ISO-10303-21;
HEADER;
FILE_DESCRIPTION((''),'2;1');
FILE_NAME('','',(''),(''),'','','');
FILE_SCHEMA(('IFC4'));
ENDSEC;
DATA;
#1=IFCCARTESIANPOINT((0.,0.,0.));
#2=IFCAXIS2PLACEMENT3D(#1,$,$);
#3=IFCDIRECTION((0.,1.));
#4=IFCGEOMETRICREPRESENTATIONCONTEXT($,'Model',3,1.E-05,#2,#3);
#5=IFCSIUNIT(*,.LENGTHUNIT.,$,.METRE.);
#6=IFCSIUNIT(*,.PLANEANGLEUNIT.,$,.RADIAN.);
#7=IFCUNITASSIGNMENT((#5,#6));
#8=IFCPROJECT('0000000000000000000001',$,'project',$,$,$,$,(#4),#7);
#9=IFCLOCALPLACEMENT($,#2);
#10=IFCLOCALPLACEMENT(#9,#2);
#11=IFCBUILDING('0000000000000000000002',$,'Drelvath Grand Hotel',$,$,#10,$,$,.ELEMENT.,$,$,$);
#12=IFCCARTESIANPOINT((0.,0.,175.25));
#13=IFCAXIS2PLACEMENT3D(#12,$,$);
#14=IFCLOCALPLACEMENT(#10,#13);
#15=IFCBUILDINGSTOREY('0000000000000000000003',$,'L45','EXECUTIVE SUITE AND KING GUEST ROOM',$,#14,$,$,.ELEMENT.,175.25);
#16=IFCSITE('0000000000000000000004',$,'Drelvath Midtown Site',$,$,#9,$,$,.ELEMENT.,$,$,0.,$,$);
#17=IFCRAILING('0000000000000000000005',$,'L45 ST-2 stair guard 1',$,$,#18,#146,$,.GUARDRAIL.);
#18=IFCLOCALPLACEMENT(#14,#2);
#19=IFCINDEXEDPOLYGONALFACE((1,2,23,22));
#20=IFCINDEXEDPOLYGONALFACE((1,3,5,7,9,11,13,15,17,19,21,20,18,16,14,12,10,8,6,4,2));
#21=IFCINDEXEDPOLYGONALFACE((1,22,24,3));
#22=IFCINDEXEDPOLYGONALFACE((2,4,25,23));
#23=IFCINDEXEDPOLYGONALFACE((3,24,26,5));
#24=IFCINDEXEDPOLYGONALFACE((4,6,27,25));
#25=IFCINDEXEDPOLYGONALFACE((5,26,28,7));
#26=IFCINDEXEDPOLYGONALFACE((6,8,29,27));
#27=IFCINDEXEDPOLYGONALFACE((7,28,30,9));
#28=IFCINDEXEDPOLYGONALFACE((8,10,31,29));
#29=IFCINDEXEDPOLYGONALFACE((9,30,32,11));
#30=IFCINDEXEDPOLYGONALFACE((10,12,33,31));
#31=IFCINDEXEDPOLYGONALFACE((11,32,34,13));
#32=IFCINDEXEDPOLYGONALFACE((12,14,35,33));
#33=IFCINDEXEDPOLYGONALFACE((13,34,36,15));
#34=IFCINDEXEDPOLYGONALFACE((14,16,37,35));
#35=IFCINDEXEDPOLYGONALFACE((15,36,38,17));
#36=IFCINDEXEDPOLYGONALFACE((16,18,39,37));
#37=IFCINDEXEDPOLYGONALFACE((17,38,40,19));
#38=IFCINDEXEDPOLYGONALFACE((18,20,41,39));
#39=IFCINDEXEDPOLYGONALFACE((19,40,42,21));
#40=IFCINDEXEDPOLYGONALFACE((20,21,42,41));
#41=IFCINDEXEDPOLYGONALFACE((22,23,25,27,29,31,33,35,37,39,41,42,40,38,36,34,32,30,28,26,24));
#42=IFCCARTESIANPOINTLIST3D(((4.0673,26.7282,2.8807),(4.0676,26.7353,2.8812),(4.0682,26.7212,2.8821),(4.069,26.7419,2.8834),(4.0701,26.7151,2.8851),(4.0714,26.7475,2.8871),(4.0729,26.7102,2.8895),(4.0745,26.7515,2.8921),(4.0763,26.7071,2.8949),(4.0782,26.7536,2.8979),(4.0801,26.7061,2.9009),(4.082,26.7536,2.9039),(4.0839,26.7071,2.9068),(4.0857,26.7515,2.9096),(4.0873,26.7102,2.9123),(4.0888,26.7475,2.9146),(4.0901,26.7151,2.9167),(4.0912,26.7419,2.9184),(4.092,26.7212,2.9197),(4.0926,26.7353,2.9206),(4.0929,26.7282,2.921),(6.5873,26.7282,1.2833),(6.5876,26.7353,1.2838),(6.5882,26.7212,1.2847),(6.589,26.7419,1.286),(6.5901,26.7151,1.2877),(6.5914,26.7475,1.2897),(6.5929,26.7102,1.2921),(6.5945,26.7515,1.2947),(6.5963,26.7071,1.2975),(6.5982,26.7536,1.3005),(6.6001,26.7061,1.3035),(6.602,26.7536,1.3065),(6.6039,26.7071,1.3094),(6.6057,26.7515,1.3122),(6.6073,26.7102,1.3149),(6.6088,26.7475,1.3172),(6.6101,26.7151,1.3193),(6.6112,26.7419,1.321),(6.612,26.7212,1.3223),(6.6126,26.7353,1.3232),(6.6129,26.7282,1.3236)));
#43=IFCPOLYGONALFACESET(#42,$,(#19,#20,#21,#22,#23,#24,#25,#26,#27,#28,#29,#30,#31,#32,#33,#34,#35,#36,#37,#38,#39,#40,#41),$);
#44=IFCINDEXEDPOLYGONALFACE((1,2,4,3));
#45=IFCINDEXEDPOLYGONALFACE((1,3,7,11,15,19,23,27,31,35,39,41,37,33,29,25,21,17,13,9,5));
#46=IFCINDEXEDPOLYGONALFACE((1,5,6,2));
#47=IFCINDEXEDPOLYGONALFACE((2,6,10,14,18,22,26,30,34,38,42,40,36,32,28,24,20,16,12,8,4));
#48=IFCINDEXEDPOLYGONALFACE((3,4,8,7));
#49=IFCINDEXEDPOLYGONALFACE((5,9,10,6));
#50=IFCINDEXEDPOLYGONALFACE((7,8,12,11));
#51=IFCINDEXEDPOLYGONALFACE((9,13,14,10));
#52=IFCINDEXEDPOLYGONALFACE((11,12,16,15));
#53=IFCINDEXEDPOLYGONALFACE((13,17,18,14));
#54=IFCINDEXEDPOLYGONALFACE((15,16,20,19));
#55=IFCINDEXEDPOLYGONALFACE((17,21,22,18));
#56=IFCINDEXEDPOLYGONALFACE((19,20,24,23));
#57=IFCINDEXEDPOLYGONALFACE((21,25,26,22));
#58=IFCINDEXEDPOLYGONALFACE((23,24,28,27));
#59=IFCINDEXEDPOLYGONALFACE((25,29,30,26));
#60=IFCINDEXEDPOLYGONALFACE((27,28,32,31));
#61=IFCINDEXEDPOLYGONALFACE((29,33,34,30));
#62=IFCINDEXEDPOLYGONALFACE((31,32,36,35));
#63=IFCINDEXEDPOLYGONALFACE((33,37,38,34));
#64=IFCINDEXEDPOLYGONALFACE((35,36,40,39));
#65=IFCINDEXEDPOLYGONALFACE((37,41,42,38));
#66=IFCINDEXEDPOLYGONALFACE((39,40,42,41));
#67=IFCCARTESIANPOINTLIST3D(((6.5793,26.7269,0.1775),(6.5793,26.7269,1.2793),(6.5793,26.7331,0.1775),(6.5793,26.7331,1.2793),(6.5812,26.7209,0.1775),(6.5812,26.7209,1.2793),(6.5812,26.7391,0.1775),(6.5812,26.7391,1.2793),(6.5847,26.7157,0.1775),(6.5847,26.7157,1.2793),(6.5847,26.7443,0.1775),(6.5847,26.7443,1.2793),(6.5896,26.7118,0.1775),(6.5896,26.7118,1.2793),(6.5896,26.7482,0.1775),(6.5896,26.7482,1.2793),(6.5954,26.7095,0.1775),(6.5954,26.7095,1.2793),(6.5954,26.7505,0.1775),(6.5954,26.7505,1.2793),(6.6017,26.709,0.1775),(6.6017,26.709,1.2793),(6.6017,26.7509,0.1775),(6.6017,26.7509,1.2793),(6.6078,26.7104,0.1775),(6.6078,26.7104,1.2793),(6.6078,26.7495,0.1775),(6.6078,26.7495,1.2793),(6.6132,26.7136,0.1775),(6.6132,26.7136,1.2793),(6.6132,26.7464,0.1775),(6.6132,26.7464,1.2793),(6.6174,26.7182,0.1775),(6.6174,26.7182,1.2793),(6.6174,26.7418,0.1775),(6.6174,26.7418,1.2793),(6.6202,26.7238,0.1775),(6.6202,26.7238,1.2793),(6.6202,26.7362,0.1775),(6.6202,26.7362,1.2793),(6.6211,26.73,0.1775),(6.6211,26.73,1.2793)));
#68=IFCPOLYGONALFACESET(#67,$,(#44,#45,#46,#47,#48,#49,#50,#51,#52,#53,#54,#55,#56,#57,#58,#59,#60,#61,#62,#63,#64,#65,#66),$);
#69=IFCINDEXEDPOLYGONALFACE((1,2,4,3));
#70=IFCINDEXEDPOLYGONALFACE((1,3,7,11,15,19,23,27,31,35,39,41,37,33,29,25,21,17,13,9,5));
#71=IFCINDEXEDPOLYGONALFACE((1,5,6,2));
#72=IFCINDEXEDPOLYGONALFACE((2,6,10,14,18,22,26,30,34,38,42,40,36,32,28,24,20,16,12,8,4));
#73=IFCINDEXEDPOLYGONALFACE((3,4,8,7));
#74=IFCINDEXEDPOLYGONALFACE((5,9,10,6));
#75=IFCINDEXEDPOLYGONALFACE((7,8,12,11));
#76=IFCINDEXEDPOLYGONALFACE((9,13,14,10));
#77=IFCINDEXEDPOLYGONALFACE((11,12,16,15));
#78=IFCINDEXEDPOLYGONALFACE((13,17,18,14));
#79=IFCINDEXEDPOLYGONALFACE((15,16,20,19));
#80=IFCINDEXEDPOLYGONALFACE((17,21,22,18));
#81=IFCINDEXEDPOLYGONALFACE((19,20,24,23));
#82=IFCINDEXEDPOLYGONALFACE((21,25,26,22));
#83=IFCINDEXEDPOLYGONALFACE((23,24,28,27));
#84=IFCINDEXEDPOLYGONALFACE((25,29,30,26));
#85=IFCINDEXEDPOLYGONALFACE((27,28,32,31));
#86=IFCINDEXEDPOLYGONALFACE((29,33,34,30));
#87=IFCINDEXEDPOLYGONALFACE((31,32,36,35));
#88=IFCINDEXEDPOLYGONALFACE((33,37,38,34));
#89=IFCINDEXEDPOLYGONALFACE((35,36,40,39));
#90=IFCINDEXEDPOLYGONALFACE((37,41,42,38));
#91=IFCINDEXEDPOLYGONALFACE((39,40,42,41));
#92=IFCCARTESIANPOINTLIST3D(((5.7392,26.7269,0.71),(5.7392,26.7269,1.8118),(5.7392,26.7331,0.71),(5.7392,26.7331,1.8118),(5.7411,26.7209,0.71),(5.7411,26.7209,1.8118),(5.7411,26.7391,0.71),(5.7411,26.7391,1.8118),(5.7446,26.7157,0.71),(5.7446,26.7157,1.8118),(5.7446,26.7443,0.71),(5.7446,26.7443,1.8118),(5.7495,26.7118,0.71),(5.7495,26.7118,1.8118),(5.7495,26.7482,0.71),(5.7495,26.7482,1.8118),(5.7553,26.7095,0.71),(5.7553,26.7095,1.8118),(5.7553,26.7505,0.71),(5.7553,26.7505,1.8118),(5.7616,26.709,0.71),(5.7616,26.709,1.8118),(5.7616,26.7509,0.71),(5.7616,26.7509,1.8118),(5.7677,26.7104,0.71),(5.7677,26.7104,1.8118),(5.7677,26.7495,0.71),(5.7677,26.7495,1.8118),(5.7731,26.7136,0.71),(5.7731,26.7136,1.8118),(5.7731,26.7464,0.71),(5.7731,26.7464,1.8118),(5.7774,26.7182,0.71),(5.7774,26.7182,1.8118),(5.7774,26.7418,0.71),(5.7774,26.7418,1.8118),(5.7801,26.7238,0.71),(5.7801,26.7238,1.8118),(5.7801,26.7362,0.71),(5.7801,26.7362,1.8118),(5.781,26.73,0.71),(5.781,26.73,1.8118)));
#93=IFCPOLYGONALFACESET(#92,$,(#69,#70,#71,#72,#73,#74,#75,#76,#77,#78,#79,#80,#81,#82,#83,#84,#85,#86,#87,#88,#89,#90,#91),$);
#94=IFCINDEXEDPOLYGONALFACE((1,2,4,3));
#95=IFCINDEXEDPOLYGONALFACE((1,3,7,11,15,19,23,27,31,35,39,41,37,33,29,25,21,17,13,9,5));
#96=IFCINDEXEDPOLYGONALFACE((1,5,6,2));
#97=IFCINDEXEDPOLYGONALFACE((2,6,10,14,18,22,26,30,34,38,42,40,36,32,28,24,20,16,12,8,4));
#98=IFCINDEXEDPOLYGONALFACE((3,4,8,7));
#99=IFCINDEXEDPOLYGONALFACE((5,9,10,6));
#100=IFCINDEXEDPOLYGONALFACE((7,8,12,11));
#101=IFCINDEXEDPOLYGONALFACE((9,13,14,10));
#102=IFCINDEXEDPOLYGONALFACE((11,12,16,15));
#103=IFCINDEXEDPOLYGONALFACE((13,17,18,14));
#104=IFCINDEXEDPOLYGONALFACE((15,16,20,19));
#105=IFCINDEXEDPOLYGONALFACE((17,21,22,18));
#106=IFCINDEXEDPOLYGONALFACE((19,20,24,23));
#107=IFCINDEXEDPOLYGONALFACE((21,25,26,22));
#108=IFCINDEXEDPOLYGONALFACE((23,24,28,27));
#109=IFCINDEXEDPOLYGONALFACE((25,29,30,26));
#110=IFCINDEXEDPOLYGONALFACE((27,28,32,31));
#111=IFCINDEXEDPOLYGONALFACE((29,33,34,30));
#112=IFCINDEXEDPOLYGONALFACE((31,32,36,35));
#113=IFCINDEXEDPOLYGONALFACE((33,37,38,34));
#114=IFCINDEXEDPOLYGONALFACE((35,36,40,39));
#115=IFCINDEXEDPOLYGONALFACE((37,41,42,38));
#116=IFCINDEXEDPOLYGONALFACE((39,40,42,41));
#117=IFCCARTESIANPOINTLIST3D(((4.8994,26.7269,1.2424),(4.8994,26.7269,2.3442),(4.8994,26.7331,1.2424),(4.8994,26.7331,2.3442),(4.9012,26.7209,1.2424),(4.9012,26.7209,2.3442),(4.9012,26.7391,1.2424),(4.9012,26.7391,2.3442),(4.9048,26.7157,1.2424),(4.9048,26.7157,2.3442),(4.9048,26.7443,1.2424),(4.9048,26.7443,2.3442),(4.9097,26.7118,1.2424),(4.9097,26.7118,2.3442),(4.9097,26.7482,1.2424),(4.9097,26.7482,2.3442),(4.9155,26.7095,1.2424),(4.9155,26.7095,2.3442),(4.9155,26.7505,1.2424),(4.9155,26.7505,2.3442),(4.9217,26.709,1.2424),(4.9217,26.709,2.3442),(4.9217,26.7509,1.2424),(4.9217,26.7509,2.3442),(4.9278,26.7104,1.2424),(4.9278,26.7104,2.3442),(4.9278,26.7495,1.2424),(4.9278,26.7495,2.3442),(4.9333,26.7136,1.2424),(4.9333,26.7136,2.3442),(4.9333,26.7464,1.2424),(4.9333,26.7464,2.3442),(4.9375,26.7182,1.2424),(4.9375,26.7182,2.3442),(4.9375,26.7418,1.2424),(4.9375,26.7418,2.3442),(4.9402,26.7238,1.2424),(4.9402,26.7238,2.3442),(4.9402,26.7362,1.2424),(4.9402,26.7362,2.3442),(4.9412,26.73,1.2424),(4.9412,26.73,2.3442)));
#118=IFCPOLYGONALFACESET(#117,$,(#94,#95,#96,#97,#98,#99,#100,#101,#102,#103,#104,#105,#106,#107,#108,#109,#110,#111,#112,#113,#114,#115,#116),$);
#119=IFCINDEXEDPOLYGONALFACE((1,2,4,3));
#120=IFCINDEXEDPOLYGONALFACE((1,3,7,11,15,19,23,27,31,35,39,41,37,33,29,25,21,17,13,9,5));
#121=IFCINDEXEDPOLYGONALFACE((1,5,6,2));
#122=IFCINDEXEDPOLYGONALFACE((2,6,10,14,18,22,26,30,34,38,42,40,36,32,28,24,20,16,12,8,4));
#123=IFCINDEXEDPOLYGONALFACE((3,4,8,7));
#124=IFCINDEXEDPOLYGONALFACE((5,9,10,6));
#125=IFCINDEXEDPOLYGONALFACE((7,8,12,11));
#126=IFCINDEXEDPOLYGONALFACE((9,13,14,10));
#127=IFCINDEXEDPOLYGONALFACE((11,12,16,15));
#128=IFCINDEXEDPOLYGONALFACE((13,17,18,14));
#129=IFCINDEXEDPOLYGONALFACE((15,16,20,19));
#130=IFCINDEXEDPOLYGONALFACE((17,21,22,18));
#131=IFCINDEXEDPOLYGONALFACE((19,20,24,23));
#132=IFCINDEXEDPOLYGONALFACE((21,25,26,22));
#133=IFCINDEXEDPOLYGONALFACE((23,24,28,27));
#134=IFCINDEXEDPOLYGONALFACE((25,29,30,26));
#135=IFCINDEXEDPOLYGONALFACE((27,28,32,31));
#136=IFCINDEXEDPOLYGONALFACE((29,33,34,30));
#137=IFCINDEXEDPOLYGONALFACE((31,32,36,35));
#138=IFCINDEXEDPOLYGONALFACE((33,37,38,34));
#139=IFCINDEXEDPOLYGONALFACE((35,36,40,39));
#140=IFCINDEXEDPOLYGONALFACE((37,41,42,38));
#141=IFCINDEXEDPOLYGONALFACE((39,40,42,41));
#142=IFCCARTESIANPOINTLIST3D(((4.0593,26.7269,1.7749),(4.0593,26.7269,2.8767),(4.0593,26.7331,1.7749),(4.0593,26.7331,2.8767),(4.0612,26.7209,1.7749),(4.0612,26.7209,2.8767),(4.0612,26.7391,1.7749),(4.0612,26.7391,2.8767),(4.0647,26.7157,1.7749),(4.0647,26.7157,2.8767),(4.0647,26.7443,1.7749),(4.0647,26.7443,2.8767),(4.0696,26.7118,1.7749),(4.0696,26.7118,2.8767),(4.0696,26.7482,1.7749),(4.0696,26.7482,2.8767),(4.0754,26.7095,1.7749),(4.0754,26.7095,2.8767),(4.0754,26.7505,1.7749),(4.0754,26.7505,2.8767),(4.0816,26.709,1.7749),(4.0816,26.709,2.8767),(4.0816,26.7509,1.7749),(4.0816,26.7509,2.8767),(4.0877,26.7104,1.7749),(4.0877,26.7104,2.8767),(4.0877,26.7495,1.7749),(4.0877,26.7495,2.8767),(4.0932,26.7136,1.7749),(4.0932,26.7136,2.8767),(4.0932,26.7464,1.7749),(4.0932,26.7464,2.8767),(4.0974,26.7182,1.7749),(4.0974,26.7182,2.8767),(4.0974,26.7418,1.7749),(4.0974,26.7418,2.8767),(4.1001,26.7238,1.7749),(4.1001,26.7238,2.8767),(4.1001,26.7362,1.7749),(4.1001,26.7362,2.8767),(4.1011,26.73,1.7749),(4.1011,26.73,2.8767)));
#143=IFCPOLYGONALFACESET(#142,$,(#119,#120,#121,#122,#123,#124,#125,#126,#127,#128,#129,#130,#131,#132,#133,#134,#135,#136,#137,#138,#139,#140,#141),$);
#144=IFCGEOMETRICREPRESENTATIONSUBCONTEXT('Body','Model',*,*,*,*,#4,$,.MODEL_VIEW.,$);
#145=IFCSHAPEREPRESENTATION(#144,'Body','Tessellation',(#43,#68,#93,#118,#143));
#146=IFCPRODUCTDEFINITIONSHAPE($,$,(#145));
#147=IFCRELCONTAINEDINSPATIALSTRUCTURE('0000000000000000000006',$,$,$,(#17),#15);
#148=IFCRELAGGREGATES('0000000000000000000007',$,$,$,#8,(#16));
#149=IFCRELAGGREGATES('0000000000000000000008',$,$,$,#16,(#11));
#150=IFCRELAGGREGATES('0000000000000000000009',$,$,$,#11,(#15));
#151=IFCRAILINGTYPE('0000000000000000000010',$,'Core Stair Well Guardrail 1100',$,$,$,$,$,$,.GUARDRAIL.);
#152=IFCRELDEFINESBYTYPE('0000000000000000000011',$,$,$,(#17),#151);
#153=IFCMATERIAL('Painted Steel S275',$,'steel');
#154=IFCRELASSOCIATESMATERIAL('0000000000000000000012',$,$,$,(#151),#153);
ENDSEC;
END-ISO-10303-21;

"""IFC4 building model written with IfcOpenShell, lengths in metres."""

from ifc_helpers import new_model, si_unit, direction, frame, origin, origin_2d, place, context, subcontext, project, spatial, circle, extrude, material, type_object, element, save


model = new_model("IFC4")

# Units and contexts
model_context = context("Model", 3, precision=1e-05, world=origin(), true_north=direction((0.0, 1.0)))
body_context = subcontext(model_context, "Body", "Model", "MODEL_VIEW")
ifc_project = project(units=[si_unit("LENGTHUNIT", "METRE"), si_unit("PLANEANGLEUNIT", "RADIAN")], contexts=[model_context])

# Site, building, storey
site_placement = place(None, origin())
site = spatial("IfcSite", under=ifc_project, at=site_placement, Name="Drelvath Midtown Site", CompositionType="ELEMENT", RefElevation=0.0)
building_placement = place(site_placement, origin())
building = spatial("IfcBuilding", under=site, at=building_placement, Name="Drelvath Grand Hotel", CompositionType="ELEMENT")
storey_placement = place(building_placement, frame((0.0, 0.0, 175.25)))
storey = spatial("IfcBuildingStorey", under=building, at=storey_placement, Name="L45", Description="EXECUTIVE SUITE AND KING GUEST ROOM", CompositionType="ELEMENT", Elevation=175.25)

# Shared definitions
ifc_material_1 = material(Name="Painted Steel S275", Category="steel")

# Railing
railing_type_1 = type_object("IfcRailingType", Name="Core Stair Well Guardrail 1100", PredefinedType="GUARDRAIL", material=ifc_material_1)
railing_1_placement = place(storey_placement, frame((6.6001, 26.73, 0.1775)))
element("IfcRailing", 1, at=railing_1_placement, inside=storey, type_object=railing_type_1, Name="L45 ST-2 stair guard 1", PredefinedType="GUARDRAIL", context=body_context, shape_type="SweptSolid", body=[
    extrude(circle(Radius=0.0239, at=origin_2d()), frame((0.0, 0.0, 1.126), z_axis=(-0.844607, 0.0, 0.535387), x_axis=(0.0, -1.0, 0.0)), (0.0, 0.0, 1.0), 2.9836),
    extrude(circle(Radius=0.021, at=origin_2d()), origin(), (0.0, 0.0, 1.0), 1.1018),
    extrude(circle(Radius=0.021, at=origin_2d()), frame((-0.8401, 0.0, 0.5325)), (0.0, 0.0, 1.0), 1.1018),
    extrude(circle(Radius=0.021, at=origin_2d()), frame((-1.6799, 0.0, 1.0649)), (0.0, 0.0, 1.0), 1.1018),
    extrude(circle(Radius=0.021, at=origin_2d()), frame((-2.52, 0.0, 1.5974)), (0.0, 0.0, 1.0), 1.1018),
])

save(model, "model.ifc")
